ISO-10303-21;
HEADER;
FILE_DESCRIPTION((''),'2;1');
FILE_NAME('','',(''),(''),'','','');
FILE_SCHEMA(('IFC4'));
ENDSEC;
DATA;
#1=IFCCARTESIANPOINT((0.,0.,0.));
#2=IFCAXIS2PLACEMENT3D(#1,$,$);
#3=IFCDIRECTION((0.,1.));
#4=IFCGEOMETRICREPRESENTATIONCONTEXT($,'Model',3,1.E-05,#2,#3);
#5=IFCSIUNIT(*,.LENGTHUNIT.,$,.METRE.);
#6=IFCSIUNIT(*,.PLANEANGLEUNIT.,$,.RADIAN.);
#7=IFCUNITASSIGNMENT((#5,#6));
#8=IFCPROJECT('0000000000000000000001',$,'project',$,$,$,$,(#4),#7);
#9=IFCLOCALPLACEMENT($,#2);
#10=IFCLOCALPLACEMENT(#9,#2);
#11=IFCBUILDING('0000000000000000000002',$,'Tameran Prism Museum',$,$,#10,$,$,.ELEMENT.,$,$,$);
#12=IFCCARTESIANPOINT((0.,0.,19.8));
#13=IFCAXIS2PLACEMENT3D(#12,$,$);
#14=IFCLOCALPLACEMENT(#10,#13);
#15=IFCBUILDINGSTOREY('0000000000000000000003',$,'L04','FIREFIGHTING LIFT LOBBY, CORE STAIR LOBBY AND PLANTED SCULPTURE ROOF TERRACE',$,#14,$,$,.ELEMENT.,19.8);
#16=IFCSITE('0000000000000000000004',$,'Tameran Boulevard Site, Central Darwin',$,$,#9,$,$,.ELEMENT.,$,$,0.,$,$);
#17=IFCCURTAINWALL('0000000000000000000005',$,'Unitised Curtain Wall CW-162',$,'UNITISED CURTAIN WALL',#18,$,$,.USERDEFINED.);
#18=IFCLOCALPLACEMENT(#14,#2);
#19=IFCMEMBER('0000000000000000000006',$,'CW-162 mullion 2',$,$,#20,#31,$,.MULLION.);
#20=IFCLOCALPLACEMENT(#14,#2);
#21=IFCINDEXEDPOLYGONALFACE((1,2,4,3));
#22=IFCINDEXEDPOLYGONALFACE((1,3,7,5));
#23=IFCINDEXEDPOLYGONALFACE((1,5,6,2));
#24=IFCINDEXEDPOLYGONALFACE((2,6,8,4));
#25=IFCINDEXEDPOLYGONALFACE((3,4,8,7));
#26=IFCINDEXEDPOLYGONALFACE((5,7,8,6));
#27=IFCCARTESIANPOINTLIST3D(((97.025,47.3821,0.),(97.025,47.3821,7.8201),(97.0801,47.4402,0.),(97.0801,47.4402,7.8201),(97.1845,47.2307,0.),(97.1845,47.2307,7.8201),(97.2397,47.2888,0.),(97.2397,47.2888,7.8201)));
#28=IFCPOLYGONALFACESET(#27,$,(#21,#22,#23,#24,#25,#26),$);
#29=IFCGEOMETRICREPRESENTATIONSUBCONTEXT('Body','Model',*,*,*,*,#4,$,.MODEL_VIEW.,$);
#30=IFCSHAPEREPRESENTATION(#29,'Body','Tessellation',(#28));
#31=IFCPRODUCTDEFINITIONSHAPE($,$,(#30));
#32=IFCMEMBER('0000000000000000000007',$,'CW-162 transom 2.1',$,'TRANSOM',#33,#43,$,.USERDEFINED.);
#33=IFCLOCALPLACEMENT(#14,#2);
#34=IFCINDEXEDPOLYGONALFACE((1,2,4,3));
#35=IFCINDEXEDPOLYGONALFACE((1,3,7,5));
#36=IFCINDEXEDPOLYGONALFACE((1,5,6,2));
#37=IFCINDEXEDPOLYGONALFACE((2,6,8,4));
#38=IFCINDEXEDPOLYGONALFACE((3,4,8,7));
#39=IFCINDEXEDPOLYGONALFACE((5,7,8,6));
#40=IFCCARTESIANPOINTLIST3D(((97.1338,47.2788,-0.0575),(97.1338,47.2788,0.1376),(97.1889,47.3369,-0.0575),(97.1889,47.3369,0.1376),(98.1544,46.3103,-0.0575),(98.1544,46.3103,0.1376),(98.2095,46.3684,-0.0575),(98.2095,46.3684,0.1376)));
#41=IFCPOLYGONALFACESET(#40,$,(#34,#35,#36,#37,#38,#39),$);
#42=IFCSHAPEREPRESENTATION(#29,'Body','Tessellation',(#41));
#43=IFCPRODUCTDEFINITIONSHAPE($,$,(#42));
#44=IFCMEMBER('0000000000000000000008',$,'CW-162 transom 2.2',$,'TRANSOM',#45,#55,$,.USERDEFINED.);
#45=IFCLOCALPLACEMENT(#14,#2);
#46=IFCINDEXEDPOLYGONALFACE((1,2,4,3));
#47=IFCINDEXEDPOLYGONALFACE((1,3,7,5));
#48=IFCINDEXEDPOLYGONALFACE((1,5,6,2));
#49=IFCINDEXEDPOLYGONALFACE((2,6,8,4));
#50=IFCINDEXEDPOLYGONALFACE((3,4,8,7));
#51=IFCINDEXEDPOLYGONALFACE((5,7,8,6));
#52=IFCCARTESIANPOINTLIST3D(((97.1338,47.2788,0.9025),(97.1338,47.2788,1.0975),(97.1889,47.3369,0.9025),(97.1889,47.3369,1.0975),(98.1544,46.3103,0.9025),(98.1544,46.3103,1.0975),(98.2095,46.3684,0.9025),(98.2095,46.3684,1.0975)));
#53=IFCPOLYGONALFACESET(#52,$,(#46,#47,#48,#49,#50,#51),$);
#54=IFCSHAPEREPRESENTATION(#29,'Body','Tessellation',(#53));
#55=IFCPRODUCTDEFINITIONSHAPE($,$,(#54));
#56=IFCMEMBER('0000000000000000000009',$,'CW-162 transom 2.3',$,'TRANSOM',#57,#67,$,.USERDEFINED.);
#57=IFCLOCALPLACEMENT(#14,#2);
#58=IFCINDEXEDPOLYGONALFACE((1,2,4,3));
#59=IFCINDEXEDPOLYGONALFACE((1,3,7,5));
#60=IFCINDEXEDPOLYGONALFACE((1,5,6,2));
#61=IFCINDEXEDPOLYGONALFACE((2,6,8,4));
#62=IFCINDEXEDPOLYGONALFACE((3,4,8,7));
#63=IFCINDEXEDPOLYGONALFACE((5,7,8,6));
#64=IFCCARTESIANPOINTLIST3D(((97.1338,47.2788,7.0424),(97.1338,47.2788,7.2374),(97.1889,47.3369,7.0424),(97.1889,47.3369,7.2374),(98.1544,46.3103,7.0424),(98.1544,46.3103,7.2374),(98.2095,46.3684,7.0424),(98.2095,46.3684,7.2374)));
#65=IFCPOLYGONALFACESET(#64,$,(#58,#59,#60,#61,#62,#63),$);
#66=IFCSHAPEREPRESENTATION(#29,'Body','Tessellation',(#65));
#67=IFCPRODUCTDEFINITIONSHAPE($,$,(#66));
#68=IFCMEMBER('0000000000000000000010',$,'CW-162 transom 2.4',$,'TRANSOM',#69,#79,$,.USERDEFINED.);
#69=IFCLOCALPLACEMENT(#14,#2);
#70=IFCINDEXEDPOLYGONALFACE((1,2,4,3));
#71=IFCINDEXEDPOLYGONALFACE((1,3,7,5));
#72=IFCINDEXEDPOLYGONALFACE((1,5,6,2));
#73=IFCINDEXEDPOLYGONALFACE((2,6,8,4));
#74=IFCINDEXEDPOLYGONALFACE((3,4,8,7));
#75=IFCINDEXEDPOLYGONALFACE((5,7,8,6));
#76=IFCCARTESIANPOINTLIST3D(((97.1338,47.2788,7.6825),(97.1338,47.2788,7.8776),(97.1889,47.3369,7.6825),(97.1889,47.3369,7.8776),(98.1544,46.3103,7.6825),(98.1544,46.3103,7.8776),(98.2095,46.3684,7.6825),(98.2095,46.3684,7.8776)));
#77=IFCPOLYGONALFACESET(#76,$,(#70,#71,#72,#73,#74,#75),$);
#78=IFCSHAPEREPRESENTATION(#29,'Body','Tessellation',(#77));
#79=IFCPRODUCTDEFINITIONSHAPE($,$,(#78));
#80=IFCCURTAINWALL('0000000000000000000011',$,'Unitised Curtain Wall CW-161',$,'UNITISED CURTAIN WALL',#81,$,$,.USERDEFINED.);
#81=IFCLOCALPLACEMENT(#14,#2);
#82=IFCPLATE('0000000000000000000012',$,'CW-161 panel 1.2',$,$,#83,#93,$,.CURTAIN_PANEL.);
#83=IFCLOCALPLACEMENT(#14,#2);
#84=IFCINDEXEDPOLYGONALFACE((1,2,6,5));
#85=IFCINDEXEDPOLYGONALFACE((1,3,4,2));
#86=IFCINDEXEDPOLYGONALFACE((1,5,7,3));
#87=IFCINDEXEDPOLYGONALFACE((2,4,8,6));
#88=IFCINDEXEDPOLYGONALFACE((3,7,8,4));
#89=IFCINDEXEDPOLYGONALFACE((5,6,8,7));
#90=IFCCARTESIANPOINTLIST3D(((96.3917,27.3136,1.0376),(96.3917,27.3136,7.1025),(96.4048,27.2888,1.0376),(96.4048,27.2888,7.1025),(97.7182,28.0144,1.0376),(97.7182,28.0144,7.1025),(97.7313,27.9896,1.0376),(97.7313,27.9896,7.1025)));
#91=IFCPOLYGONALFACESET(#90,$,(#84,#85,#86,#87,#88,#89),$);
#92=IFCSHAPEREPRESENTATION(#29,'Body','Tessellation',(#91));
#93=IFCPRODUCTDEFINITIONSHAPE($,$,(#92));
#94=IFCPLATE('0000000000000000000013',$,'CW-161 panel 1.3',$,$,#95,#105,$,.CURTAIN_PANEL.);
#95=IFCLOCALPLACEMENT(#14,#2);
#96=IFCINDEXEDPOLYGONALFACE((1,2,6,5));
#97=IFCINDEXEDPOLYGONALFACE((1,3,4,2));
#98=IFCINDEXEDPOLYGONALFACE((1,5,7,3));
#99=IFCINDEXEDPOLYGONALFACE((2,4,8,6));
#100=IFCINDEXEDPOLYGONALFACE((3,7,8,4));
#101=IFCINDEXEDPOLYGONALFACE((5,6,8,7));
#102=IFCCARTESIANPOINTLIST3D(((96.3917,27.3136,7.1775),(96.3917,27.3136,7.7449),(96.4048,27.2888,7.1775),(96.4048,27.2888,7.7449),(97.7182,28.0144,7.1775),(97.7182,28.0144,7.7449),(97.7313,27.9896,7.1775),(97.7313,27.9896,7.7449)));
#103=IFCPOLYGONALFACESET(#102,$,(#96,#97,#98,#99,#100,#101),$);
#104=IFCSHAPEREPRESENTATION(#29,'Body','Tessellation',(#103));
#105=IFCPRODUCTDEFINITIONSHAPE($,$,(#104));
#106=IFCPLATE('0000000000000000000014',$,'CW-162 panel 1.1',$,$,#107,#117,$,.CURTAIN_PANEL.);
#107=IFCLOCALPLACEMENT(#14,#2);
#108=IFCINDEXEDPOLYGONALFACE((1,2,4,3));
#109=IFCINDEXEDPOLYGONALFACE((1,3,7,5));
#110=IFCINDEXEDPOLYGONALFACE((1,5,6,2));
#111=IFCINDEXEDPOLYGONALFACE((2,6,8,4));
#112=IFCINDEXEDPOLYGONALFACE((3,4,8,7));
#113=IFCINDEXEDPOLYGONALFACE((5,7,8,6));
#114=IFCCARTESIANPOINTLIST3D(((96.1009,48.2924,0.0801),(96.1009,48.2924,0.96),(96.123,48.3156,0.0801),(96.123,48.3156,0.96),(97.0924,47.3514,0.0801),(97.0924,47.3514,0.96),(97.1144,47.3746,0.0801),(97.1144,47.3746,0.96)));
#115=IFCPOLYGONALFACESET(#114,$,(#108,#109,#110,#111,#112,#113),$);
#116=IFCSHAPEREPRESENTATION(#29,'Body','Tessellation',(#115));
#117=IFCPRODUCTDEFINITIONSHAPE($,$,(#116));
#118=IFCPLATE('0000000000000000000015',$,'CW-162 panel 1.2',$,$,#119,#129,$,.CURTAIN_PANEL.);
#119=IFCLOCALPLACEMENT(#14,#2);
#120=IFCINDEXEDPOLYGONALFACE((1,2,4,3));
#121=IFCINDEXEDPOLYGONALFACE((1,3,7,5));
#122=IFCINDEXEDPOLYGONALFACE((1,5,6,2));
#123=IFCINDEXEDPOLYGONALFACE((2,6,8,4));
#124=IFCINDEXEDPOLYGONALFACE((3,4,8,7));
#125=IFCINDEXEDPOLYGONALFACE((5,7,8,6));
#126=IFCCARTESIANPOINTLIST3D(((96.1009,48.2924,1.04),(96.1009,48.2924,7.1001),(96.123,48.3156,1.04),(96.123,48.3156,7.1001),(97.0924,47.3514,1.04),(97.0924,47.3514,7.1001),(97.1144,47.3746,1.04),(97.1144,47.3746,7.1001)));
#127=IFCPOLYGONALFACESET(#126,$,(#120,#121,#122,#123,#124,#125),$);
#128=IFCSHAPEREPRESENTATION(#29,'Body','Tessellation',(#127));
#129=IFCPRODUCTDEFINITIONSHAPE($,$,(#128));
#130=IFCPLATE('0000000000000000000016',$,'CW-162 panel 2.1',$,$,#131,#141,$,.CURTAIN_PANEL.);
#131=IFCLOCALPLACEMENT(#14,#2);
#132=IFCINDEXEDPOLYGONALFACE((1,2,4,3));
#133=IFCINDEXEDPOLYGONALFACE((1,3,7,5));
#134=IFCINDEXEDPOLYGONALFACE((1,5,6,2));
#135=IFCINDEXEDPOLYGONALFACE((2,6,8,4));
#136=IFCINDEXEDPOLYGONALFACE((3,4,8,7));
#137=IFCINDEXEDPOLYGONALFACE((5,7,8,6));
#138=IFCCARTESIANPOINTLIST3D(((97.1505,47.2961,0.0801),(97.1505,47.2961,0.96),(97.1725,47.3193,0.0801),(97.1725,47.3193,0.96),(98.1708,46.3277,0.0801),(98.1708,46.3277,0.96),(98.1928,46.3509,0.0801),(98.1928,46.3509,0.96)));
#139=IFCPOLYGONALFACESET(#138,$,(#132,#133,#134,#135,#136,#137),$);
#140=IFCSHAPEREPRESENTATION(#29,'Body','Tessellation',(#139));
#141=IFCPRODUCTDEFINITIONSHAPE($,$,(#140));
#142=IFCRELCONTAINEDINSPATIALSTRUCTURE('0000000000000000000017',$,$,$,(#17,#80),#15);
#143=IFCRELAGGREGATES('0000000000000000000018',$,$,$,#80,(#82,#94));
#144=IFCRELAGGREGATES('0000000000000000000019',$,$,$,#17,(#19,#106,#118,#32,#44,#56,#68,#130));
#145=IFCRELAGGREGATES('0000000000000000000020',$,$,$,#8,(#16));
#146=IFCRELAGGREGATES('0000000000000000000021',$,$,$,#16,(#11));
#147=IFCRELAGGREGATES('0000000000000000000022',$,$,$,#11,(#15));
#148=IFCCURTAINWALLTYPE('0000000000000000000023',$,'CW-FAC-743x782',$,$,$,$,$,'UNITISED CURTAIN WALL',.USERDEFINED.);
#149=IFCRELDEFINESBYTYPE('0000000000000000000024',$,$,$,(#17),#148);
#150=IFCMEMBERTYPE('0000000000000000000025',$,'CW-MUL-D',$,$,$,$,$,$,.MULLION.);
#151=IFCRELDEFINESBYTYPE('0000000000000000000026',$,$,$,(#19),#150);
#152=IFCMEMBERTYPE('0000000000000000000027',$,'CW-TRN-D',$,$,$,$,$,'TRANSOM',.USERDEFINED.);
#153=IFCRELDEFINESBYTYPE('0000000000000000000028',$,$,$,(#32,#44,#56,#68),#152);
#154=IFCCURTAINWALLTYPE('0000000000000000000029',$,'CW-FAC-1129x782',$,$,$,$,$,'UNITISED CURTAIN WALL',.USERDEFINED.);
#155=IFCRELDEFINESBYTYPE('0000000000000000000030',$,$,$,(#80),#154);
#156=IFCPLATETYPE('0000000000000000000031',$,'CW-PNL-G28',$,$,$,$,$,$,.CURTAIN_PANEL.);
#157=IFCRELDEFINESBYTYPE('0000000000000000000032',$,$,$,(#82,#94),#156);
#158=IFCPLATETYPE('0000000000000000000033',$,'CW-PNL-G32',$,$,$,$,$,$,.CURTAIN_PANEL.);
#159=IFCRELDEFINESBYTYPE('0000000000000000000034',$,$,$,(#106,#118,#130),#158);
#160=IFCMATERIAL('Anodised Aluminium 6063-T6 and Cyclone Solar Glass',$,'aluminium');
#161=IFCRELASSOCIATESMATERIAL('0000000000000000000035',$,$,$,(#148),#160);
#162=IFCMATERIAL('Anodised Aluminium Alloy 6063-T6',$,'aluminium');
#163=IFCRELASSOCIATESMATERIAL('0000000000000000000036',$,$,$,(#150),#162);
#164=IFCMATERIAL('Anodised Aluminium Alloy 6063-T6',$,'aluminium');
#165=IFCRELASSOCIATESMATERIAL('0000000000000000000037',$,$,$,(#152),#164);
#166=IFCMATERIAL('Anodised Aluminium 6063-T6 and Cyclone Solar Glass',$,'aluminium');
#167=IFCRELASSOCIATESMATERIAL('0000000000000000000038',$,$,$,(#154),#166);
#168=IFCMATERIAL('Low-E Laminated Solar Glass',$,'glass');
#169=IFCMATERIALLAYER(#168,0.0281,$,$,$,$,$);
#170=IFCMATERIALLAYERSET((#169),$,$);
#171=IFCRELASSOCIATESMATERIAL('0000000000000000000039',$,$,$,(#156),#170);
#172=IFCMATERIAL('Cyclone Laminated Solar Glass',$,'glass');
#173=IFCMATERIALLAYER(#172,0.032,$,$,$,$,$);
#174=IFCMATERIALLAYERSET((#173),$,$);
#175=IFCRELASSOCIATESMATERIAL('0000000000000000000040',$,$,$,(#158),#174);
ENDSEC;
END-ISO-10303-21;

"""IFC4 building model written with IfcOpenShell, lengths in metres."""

from ifc_helpers import new_model, si_unit, direction, frame, origin, origin_2d, place, context, subcontext, project, spatial, rectangle, extrude, material, layer, layer_set, material_profile, profile_set, type_object, element, aggregate, save


model = new_model("IFC4")

# Units and contexts
model_context = context("Model", 3, precision=1e-05, world=origin(), true_north=direction((0.0, 1.0)))
body_context = subcontext(model_context, "Body", "Model", "MODEL_VIEW")
ifc_project = project(units=[si_unit("LENGTHUNIT", "METRE"), si_unit("PLANEANGLEUNIT", "RADIAN")], contexts=[model_context])

# Site, building, storey
site_placement = place(None, origin())
site = spatial("IfcSite", under=ifc_project, at=site_placement, Name="Tameran Boulevard Site, Central Darwin", CompositionType="ELEMENT", RefElevation=0.0)
building_placement = place(site_placement, origin())
building = spatial("IfcBuilding", under=site, at=building_placement, Name="Tameran Prism Museum", CompositionType="ELEMENT")
storey_placement = place(building_placement, frame((0.0, 0.0, 19.8)))
storey = spatial("IfcBuildingStorey", under=building, at=storey_placement, Name="L04", Description="FIREFIGHTING LIFT LOBBY, CORE STAIR LOBBY AND PLANTED SCULPTURE ROOF TERRACE", CompositionType="ELEMENT", Elevation=19.8)

# Curtain wall, members
ifc_material_1 = material(Name="Anodised Aluminium 6063-T6 and Cyclone Solar Glass", Category="aluminium")
curtain_wall_type_1 = type_object("IfcCurtainWallType", Name="CW-FAC-743x782", ElementType="UNITISED CURTAIN WALL", PredefinedType="USERDEFINED", material=ifc_material_1)
curtain_wall_1_placement = place(storey_placement, origin())
curtain_wall_1 = element("IfcCurtainWall", 1, at=curtain_wall_1_placement, inside=storey, type_object=curtain_wall_type_1, Name="Unitised Curtain Wall CW-162", ObjectType="UNITISED CURTAIN WALL", PredefinedType="USERDEFINED")
ifc_material_2 = material(Name="Anodised Aluminium Alloy 6063-T6", Category="aluminium")
ifc_material_profile_1 = material_profile(ifc_material_2, rectangle(XDim=0.0801, YDim=0.22, at=origin_2d()))
ifc_profile_set_1 = profile_set([ifc_material_profile_1])
member_type_1 = type_object("IfcMemberType", Name="CW-MUL-D", PredefinedType="MULLION", material=ifc_profile_set_1)
member_1_placement = place(storey_placement, frame((97.1323, 47.3354, 0.0), z_axis=(0.0, 0.0, 1.0), x_axis=(0.688438, 0.725295, 0.0)))
member_1 = element("IfcMember", 2, at=member_1_placement, type_object=member_type_1, Name="CW-162 mullion 2", PredefinedType="MULLION", context=body_context, shape_type="SweptSolid", body=[
    extrude(rectangle(XDim=0.0801, YDim=0.22, at=origin_2d()), origin(), (0.0, 0.0, 1.0), 7.8201),
])
ifc_material_3 = material(Name="Anodised Aluminium Alloy 6063-T6", Category="aluminium")
ifc_material_profile_2 = material_profile(ifc_material_3, rectangle(XDim=0.0801, YDim=0.1951, at=origin_2d()))
ifc_profile_set_2 = profile_set([ifc_material_profile_2])
member_type_2 = type_object("IfcMemberType", Name="CW-TRN-D", ElementType="TRANSOM", PredefinedType="USERDEFINED", material=ifc_profile_set_2)
member_2_placement = place(storey_placement, frame((97.1614, 47.3079, 0.04), z_axis=(0.725346, -0.688385, 0.0), x_axis=(0.688385, 0.725346, 0.0)))
member_2 = element("IfcMember", 3, at=member_2_placement, type_object=member_type_2, Name="CW-162 transom 2.1", ObjectType="TRANSOM", PredefinedType="USERDEFINED", context=body_context, shape_type="SweptSolid", body=[
    extrude(rectangle(XDim=0.0801, YDim=0.1951, at=origin_2d()), origin(), (0.0, 0.0, 1.0), 1.407),
])
member_3_placement = place(storey_placement, frame((97.1614, 47.3079, 1.0), z_axis=(0.725346, -0.688385, 0.0), x_axis=(0.688385, 0.725346, 0.0)))
member_3 = element("IfcMember", 4, at=member_3_placement, type_object=member_type_2, Name="CW-162 transom 2.2", ObjectType="TRANSOM", PredefinedType="USERDEFINED", context=body_context, shape_type="SweptSolid", body=[
    extrude(rectangle(XDim=0.0801, YDim=0.1951, at=origin_2d()), origin(), (0.0, 0.0, 1.0), 1.407),
])
member_4_placement = place(storey_placement, frame((97.1614, 47.3079, 7.1399), z_axis=(0.725346, -0.688385, 0.0), x_axis=(0.688385, 0.725346, 0.0)))
member_4 = element("IfcMember", 5, at=member_4_placement, type_object=member_type_2, Name="CW-162 transom 2.3", ObjectType="TRANSOM", PredefinedType="USERDEFINED", context=body_context, shape_type="SweptSolid", body=[
    extrude(rectangle(XDim=0.0801, YDim=0.1951, at=origin_2d()), origin(), (0.0, 0.0, 1.0), 1.407),
])
member_5_placement = place(storey_placement, frame((97.1614, 47.3079, 7.78), z_axis=(0.725346, -0.688385, 0.0), x_axis=(0.688385, 0.725346, 0.0)))
member_5 = element("IfcMember", 6, at=member_5_placement, type_object=member_type_2, Name="CW-162 transom 2.4", ObjectType="TRANSOM", PredefinedType="USERDEFINED", context=body_context, shape_type="SweptSolid", body=[
    extrude(rectangle(XDim=0.0801, YDim=0.1951, at=origin_2d()), origin(), (0.0, 0.0, 1.0), 1.407),
])

# Curtain wall, plates
ifc_material_4 = material(Name="Anodised Aluminium 6063-T6 and Cyclone Solar Glass", Category="aluminium")
curtain_wall_type_2 = type_object("IfcCurtainWallType", Name="CW-FAC-1129x782", ElementType="UNITISED CURTAIN WALL", PredefinedType="USERDEFINED", material=ifc_material_4)
curtain_wall_2_placement = place(storey_placement, origin())
curtain_wall_2 = element("IfcCurtainWall", 7, at=curtain_wall_2_placement, inside=storey, type_object=curtain_wall_type_2, Name="Unitised Curtain Wall CW-161", ObjectType="UNITISED CURTAIN WALL", PredefinedType="USERDEFINED")
ifc_material_5 = material(Name="Low-E Laminated Solar Glass", Category="glass")
ifc_layer_1 = layer(ifc_material_5, 0.0281)
ifc_layer_set_1 = layer_set([ifc_layer_1])
plate_type_1 = type_object("IfcPlateType", Name="CW-PNL-G28", PredefinedType="CURTAIN_PANEL", material=ifc_layer_set_1)
plate_1_placement = place(storey_placement, frame((97.0615, 27.6516, 1.0376), z_axis=(0.0, 0.0, 1.0), x_axis=(-0.884175, -0.467155, 0.0)))
plate_1 = element("IfcPlate", 8, at=plate_1_placement, type_object=plate_type_1, Name="CW-161 panel 1.2", PredefinedType="CURTAIN_PANEL", context=body_context, shape_type="SweptSolid", body=[
    extrude(rectangle(XDim=1.5002, YDim=0.0281, at=origin_2d()), origin(), (0.0, 0.0, 1.0), 6.0649),
])
plate_2_placement = place(storey_placement, frame((97.0615, 27.6516, 7.1775), z_axis=(0.0, 0.0, 1.0), x_axis=(-0.884175, -0.467155, 0.0)))
plate_2 = element("IfcPlate", 9, at=plate_2_placement, type_object=plate_type_1, Name="CW-161 panel 1.3", PredefinedType="CURTAIN_PANEL", context=body_context, shape_type="SweptSolid", body=[
    extrude(rectangle(XDim=1.5002, YDim=0.0281, at=origin_2d()), origin(), (0.0, 0.0, 1.0), 0.5674),
])
aggregate(curtain_wall_2, [plate_1, plate_2])

# Plates
ifc_material_6 = material(Name="Cyclone Laminated Solar Glass", Category="glass")
ifc_layer_2 = layer(ifc_material_6, 0.032)
ifc_layer_set_2 = layer_set([ifc_layer_2])
plate_type_2 = type_object("IfcPlateType", Name="CW-PNL-G32", PredefinedType="CURTAIN_PANEL", material=ifc_layer_set_2)
plate_3_placement = place(storey_placement, frame((96.6077, 47.8335, 0.0801), z_axis=(0.0, 0.0, 1.0), x_axis=(0.725295, -0.688438, 0.0)))
plate_3 = element("IfcPlate", 10, at=plate_3_placement, type_object=plate_type_2, Name="CW-162 panel 1.1", PredefinedType="CURTAIN_PANEL", context=body_context, shape_type="SweptSolid", body=[
    extrude(rectangle(XDim=1.3669, YDim=0.032, at=origin_2d()), origin(), (0.0, 0.0, 1.0), 0.8799),
])
plate_4_placement = place(storey_placement, frame((96.6077, 47.8335, 1.04), z_axis=(0.0, 0.0, 1.0), x_axis=(0.725295, -0.688438, 0.0)))
plate_4 = element("IfcPlate", 11, at=plate_4_placement, type_object=plate_type_2, Name="CW-162 panel 1.2", PredefinedType="CURTAIN_PANEL", context=body_context, shape_type="SweptSolid", body=[
    extrude(rectangle(XDim=1.3669, YDim=0.032, at=origin_2d()), origin(), (0.0, 0.0, 1.0), 6.0601),
])
plate_5_placement = place(storey_placement, frame((97.6716, 46.8235, 0.0801), z_axis=(0.0, 0.0, 1.0), x_axis=(0.725295, -0.688438, 0.0)))
plate_5 = element("IfcPlate", 12, at=plate_5_placement, type_object=plate_type_2, Name="CW-162 panel 2.1", PredefinedType="CURTAIN_PANEL", context=body_context, shape_type="SweptSolid", body=[
    extrude(rectangle(XDim=1.4067, YDim=0.032, at=origin_2d()), origin(), (0.0, 0.0, 1.0), 0.8799),
])
aggregate(curtain_wall_1, [member_1, plate_3, plate_4, member_2, member_3, member_4, member_5, plate_5])

save(model, "model.ifc")
